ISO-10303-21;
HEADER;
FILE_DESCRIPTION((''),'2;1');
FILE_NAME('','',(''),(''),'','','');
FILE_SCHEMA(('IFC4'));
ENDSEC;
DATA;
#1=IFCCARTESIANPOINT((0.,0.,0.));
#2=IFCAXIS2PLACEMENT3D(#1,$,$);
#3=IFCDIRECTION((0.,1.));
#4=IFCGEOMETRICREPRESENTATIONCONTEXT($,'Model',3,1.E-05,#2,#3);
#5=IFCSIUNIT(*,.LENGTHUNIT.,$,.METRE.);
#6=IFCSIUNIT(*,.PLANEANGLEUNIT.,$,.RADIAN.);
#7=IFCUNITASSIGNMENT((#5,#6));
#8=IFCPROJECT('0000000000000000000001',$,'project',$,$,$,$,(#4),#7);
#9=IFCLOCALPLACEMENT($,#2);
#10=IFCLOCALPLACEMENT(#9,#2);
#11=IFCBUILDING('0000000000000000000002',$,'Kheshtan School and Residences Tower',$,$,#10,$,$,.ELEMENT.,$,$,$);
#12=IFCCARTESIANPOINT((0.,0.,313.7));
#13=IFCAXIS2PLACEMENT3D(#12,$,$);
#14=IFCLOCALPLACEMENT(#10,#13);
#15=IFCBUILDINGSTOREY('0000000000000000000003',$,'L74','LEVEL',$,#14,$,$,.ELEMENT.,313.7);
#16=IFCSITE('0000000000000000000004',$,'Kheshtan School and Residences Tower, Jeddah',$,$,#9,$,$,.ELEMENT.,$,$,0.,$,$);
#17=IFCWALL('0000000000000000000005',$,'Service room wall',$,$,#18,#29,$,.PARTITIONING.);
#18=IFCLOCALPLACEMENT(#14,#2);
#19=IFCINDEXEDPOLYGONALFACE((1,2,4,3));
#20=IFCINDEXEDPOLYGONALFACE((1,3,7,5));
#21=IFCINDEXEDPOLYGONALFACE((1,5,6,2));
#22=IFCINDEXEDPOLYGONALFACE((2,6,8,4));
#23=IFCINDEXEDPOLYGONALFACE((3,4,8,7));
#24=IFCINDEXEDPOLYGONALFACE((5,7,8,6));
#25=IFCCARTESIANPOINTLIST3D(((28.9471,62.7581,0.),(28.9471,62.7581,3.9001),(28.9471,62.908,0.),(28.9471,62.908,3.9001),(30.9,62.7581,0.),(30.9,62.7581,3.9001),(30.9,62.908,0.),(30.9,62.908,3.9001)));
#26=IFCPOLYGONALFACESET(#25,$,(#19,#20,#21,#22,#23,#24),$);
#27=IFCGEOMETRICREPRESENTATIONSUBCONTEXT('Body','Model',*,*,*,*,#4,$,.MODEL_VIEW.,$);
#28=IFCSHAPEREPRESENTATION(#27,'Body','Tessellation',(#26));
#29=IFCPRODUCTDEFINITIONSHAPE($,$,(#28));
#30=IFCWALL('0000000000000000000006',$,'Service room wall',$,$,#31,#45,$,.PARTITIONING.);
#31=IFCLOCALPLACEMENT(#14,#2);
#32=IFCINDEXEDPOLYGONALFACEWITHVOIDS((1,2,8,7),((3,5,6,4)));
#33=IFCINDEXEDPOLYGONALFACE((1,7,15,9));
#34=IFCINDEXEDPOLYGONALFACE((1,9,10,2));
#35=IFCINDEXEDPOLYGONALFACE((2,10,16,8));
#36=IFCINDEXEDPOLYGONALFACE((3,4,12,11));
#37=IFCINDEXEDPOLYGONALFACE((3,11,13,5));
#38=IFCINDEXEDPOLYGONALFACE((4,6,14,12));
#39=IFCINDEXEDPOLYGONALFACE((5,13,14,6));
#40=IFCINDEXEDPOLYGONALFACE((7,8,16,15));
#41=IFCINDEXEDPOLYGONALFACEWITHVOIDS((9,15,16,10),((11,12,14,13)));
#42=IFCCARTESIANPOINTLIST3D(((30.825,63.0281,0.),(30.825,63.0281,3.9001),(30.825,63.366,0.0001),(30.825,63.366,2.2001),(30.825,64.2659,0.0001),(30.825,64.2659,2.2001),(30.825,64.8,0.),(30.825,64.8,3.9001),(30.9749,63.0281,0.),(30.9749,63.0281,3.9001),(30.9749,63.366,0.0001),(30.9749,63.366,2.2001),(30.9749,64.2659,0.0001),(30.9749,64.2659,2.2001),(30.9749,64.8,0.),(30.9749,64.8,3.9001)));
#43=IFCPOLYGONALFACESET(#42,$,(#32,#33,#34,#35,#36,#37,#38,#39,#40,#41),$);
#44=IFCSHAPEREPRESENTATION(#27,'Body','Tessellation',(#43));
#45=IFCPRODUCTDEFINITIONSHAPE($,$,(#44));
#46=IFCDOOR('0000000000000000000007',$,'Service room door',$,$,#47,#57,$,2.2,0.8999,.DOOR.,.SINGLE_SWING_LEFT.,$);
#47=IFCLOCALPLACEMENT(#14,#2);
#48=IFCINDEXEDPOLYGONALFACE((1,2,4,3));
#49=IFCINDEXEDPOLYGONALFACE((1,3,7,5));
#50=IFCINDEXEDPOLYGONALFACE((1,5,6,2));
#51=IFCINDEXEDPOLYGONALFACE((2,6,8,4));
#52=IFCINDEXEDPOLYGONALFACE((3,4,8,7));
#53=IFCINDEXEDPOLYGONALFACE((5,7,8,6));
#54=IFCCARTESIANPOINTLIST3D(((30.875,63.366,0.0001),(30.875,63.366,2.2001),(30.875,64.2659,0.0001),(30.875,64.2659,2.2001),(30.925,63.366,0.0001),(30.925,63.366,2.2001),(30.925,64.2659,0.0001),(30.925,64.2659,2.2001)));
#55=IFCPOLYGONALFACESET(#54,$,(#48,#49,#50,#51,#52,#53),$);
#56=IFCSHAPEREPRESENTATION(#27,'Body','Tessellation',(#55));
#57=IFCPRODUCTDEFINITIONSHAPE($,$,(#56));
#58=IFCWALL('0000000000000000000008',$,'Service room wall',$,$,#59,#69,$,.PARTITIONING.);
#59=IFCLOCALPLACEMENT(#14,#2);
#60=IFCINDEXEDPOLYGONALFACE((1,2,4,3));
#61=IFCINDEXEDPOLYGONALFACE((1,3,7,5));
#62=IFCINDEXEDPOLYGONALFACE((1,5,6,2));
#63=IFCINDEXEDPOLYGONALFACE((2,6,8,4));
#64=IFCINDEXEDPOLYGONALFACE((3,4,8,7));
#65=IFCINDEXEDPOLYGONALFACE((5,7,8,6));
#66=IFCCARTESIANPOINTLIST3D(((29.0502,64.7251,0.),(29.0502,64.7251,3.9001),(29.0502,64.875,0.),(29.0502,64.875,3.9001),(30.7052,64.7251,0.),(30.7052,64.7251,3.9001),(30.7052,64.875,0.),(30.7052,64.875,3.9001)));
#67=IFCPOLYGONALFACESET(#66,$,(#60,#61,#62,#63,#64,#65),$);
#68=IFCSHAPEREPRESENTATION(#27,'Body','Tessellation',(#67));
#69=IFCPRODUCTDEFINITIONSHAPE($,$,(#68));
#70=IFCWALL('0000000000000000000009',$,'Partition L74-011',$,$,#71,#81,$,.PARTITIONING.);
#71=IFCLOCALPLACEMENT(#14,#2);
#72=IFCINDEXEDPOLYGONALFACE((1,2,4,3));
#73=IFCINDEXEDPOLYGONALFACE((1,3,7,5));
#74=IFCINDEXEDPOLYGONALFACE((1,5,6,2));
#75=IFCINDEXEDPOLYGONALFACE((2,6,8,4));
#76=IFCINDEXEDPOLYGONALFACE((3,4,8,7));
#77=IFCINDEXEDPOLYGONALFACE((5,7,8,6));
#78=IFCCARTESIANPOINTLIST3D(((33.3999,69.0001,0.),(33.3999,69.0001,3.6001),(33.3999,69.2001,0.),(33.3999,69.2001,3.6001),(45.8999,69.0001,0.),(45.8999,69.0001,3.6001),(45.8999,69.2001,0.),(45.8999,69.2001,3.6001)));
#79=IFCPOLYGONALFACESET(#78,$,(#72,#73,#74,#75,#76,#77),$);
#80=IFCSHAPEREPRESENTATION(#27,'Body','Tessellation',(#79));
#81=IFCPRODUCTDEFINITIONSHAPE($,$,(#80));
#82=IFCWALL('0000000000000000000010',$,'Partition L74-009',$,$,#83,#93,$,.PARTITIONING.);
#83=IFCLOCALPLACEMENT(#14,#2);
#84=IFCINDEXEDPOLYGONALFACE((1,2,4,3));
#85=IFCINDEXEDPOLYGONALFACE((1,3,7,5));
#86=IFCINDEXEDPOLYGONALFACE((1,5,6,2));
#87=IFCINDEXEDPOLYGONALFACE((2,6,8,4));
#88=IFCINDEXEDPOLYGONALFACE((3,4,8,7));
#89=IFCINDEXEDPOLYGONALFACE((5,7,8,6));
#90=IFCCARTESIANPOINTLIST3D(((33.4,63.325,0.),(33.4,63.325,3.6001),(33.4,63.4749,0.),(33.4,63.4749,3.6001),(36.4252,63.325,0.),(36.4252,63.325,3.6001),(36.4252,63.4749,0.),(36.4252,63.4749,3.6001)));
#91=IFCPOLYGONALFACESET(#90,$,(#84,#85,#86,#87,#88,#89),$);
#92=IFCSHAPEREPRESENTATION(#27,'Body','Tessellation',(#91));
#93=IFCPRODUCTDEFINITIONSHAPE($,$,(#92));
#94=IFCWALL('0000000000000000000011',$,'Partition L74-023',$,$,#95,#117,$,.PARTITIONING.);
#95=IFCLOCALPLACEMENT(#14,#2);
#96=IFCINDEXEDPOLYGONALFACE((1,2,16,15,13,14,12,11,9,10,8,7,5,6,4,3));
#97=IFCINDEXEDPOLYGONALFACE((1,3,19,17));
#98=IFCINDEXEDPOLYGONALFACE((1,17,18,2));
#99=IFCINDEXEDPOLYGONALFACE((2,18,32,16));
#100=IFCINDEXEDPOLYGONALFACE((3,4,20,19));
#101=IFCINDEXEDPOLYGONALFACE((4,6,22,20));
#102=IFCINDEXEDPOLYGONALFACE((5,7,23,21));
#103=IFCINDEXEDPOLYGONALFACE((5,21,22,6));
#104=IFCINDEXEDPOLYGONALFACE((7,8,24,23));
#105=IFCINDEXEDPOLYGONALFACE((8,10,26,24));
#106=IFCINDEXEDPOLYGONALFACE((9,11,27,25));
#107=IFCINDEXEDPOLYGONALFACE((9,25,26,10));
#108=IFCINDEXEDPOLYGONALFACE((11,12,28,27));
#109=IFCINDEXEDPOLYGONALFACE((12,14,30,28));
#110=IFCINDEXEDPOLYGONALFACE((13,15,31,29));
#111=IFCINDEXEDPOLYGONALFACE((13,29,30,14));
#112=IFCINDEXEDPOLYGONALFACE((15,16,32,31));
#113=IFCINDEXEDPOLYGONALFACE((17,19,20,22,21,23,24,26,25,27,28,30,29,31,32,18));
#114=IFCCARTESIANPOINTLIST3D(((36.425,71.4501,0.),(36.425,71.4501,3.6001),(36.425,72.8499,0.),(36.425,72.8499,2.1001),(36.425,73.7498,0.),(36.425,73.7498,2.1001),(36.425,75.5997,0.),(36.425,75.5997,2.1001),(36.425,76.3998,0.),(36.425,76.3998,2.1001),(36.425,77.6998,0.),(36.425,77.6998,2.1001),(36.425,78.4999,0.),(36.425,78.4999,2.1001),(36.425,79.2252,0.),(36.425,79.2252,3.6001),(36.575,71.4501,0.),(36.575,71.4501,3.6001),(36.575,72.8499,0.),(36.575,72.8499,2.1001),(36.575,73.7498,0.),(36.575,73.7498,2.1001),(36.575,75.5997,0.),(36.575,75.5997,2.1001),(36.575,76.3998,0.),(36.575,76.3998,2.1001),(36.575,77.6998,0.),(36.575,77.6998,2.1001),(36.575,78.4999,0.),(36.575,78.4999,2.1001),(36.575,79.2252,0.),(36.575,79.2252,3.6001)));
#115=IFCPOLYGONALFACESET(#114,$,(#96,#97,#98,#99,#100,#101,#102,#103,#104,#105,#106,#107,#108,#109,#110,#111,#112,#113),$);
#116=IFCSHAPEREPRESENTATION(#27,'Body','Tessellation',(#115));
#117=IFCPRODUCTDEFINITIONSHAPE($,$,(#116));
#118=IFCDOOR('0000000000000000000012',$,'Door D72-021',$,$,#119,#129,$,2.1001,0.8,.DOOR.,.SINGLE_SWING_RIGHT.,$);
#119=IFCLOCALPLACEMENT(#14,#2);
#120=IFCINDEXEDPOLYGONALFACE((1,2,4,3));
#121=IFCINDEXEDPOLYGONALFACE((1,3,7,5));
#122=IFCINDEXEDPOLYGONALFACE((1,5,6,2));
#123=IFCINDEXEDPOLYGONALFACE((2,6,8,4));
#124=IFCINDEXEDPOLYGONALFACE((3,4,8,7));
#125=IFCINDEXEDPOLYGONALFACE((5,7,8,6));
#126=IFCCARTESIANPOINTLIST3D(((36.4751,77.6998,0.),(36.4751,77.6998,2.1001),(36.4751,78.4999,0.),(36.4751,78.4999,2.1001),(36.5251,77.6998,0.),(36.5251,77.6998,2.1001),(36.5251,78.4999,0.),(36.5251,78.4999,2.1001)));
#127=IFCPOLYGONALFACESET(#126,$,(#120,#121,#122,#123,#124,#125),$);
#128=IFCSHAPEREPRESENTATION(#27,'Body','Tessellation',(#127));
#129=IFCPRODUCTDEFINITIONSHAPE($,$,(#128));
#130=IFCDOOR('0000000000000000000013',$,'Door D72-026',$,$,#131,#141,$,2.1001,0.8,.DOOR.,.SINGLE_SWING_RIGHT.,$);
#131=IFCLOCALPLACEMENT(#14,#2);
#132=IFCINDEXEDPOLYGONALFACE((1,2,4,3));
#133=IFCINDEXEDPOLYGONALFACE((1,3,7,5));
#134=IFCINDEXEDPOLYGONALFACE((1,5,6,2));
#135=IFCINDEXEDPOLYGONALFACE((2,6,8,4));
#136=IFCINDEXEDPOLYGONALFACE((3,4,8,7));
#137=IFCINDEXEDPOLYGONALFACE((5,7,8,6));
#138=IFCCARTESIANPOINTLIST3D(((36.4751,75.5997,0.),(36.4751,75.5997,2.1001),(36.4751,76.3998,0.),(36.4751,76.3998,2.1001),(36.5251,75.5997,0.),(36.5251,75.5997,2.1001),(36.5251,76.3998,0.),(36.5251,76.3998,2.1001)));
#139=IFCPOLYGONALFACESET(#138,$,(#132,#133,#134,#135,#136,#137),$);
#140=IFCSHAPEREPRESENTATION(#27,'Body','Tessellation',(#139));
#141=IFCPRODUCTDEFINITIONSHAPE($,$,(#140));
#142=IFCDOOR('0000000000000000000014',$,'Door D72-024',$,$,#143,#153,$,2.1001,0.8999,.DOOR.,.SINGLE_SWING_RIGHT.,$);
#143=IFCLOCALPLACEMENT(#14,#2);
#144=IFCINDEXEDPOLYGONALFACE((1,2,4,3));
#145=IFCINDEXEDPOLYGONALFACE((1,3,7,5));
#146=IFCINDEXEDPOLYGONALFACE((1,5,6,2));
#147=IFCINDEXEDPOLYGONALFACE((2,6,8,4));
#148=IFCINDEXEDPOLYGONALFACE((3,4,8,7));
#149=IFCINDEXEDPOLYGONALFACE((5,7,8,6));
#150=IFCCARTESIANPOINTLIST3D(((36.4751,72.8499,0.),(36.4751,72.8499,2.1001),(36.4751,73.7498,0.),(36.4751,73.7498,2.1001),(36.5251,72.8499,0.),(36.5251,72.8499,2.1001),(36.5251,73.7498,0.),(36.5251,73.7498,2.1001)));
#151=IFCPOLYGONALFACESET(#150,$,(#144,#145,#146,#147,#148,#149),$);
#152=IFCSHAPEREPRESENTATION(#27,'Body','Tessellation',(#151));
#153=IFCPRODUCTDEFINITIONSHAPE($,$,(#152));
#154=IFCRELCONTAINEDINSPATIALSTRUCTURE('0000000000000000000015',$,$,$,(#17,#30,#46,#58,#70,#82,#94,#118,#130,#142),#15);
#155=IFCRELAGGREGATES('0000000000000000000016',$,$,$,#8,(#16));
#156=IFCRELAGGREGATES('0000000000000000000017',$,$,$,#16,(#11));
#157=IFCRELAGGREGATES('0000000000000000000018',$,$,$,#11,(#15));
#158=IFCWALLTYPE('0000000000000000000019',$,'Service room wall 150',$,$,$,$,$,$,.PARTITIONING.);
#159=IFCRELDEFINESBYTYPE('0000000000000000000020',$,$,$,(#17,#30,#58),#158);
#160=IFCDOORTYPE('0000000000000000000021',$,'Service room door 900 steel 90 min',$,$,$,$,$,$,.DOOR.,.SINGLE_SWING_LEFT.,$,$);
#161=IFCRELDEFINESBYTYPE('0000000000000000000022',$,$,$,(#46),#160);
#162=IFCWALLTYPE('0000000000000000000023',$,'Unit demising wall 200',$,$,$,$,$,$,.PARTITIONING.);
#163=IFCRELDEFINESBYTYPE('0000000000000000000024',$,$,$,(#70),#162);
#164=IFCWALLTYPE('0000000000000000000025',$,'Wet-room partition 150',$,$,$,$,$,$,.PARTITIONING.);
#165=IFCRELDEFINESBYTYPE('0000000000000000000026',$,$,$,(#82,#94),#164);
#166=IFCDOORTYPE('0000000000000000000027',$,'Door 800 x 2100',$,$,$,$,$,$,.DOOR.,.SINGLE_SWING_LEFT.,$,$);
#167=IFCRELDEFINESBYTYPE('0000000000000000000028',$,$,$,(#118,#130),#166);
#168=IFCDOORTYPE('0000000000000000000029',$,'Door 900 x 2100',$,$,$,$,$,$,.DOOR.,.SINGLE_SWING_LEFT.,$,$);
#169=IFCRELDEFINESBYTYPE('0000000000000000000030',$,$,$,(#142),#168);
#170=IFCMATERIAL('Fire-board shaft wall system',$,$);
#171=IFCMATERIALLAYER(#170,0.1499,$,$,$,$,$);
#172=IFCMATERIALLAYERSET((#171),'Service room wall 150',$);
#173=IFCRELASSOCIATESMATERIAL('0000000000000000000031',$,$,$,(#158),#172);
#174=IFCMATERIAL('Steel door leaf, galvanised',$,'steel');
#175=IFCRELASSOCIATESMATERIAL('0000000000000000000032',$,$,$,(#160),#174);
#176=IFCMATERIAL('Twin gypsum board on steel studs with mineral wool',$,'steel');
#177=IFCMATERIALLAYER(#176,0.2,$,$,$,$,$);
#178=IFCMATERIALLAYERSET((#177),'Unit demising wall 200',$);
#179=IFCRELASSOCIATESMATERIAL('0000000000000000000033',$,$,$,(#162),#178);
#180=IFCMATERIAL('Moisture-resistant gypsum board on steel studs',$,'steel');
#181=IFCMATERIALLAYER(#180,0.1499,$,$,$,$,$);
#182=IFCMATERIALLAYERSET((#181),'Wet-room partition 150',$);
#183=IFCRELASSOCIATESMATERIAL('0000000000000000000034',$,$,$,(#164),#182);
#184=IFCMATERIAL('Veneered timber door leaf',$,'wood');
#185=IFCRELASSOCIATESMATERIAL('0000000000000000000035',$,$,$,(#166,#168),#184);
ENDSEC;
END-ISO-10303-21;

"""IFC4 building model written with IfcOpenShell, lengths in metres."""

from ifc_helpers import new_model, si_unit, direction, frame, frame_2d, origin, place, context, subcontext, project, spatial, rectangle, extrude, source, transform, mapped, material, layer, layer_set, type_object, element, fill, save


model = new_model("IFC4")

# Units and contexts
model_context = context("Model", 3, precision=1e-05, world=origin(), true_north=direction((0.0, 1.0)))
body_context = subcontext(model_context, "Body", "Model", "MODEL_VIEW")
ifc_project = project(units=[si_unit("LENGTHUNIT", "METRE"), si_unit("PLANEANGLEUNIT", "RADIAN")], contexts=[model_context])

# Site, building, storey
site_placement = place(None, origin())
site = spatial("IfcSite", under=ifc_project, at=site_placement, Name="Kheshtan School and Residences Tower, Jeddah", CompositionType="ELEMENT", RefElevation=0.0)
building_placement = place(site_placement, origin())
building = spatial("IfcBuilding", under=site, at=building_placement, Name="Kheshtan School and Residences Tower", CompositionType="ELEMENT")
storey_placement = place(building_placement, frame((0.0, 0.0, 313.7)))
storey = spatial("IfcBuildingStorey", under=building, at=storey_placement, Name="L74", Description="LEVEL", CompositionType="ELEMENT", Elevation=313.7)

# Wall
ifc_material_1 = material(Name="Fire-board shaft wall system")
ifc_layer_1 = layer(ifc_material_1, 0.1499)
ifc_layer_set_1 = layer_set([ifc_layer_1], Name="Service room wall 150")
wall_type_1 = type_object("IfcWallType", Name="Service room wall 150", PredefinedType="PARTITIONING", material=ifc_layer_set_1)
wall_1_placement = place(storey_placement, frame((28.947, 62.833, 0.0), z_axis=(0.0, 0.0, 1.0), x_axis=(1.0, 0.0, 0.0)))
element("IfcWall", 1, at=wall_1_placement, inside=storey, type_object=wall_type_1, Name="Service room wall", PredefinedType="PARTITIONING", context=body_context, shape_type="SweptSolid", body=[
    extrude(rectangle(XDim=1.9529, YDim=0.1499, at=frame_2d((0.9766, 0.0))), origin(), (0.0, 0.0, 1.0), 3.9001),
])

# Wall, opening, door
wall_2_placement = place(storey_placement, frame((30.8999, 63.0281, 0.0), z_axis=(0.0, 0.0, 1.0), x_axis=(0.0, 1.0, 0.0)))
wall_2 = element("IfcWall", 2, at=wall_2_placement, inside=storey, type_object=wall_type_1, Name="Service room wall", PredefinedType="PARTITIONING", context=body_context, shape_type="SweptSolid", body=[
    extrude(rectangle(XDim=1.772, YDim=0.1499, at=frame_2d((0.886, 0.0))), origin(), (0.0, 0.0, 1.0), 3.9001),
])
opening_1_placement = place(wall_2_placement, frame((0.3379, 0.0, 0.0)))
opening_1 = element("IfcOpeningElement", 3, at=opening_1_placement, cuts=wall_2, PredefinedType="OPENING", context=body_context, shape_type="SweptSolid", body=[
    extrude(rectangle(XDim=0.8999, YDim=2.2, at=frame_2d((0.45, 1.1001))), frame((0.0, 0.085, 0.0), z_axis=(0.0, -1.0, 0.0), x_axis=(1.0, 0.0, 0.0)), (0.0, 0.0, 1.0), 0.1699),
])
ifc_material_2 = material(Name="Steel door leaf, galvanised", Category="steel")
door_type_1 = type_object("IfcDoorType", Name="Service room door 900 steel 90 min", OperationType="SINGLE_SWING_LEFT", PredefinedType="DOOR", material=ifc_material_2)
shared_shape_1 = source(origin(), body_context, "Body", "SweptSolid", [
    extrude(rectangle(XDim=0.8999, YDim=2.2, at=frame_2d((0.45, 1.1001))), frame((0.0, 0.0249, 0.0), z_axis=(0.0, -1.0, 0.0), x_axis=(1.0, 0.0, 0.0)), (0.0, 0.0, 1.0), 0.05),
])
door_1_placement = place(opening_1_placement, origin())
door_1 = element("IfcDoor", 4, at=door_1_placement, inside=storey, type_object=door_type_1, Name="Service room door", OperationType="SINGLE_SWING_LEFT", OverallHeight=2.2, OverallWidth=0.8999, PredefinedType="DOOR", context=body_context, shape_type="MappedRepresentation", body=[
    mapped(shared_shape_1, transform((0.0, 0.0, 0.0), x_axis=(1.0, 0.0, 0.0), y_axis=(0.0, 1.0, 0.0), z_axis=(0.0, 0.0, 1.0), scale=1.0)),
])
fill(opening_1, door_1)

# Walls
wall_3_placement = place(storey_placement, frame((29.05, 64.8, 0.0), z_axis=(0.0, 0.0, 1.0), x_axis=(1.0, 0.0, 0.0)))
element("IfcWall", 5, at=wall_3_placement, inside=storey, type_object=wall_type_1, Name="Service room wall", PredefinedType="PARTITIONING", context=body_context, shape_type="SweptSolid", body=[
    extrude(rectangle(XDim=1.655, YDim=0.1499, at=frame_2d((0.8276, 0.0))), origin(), (0.0, 0.0, 1.0), 3.9001),
])
ifc_material_3 = material(Name="Twin gypsum board on steel studs with mineral wool", Category="steel")
ifc_layer_2 = layer(ifc_material_3, 0.2)
ifc_layer_set_2 = layer_set([ifc_layer_2], Name="Unit demising wall 200")
wall_type_2 = type_object("IfcWallType", Name="Unit demising wall 200", PredefinedType="PARTITIONING", material=ifc_layer_set_2)
wall_4_placement = place(storey_placement, frame((33.3999, 69.1001, 0.0), z_axis=(0.0, 0.0, 1.0), x_axis=(1.0, 0.0, 0.0)))
element("IfcWall", 6, at=wall_4_placement, inside=storey, type_object=wall_type_2, Name="Partition L74-011", PredefinedType="PARTITIONING", context=body_context, shape_type="SweptSolid", body=[
    extrude(rectangle(XDim=12.5, YDim=0.2, at=frame_2d((6.25, 0.0))), origin(), (0.0, 0.0, 1.0), 3.6001),
])
ifc_material_4 = material(Name="Moisture-resistant gypsum board on steel studs", Category="steel")
ifc_layer_3 = layer(ifc_material_4, 0.1499)
ifc_layer_set_3 = layer_set([ifc_layer_3], Name="Wet-room partition 150")
wall_type_3 = type_object("IfcWallType", Name="Wet-room partition 150", PredefinedType="PARTITIONING", material=ifc_layer_set_3)
wall_5_placement = place(storey_placement, frame((33.3999, 63.3999, 0.0), z_axis=(0.0, 0.0, 1.0), x_axis=(1.0, 0.0, 0.0)))
element("IfcWall", 7, at=wall_5_placement, inside=storey, type_object=wall_type_3, Name="Partition L74-009", PredefinedType="PARTITIONING", context=body_context, shape_type="SweptSolid", body=[
    extrude(rectangle(XDim=3.0251, YDim=0.1499, at=frame_2d((1.5127, 0.0))), origin(), (0.0, 0.0, 1.0), 3.6001),
])

# Wall, openings, doors
wall_6_placement = place(storey_placement, frame((36.5, 71.45, 0.0), z_axis=(0.0, 0.0, 1.0), x_axis=(0.0, 1.0, 0.0)))
wall_6 = element("IfcWall", 8, at=wall_6_placement, inside=storey, type_object=wall_type_3, Name="Partition L74-023", PredefinedType="PARTITIONING", context=body_context, shape_type="SweptSolid", body=[
    extrude(rectangle(XDim=7.7751, YDim=0.1499, at=frame_2d((3.8877, 0.0))), origin(), (0.0, 0.0, 1.0), 3.6001),
])
opening_2_placement = place(wall_6_placement, frame((6.25, 0.0, 0.0)))
opening_2 = element("IfcOpeningElement", 9, at=opening_2_placement, cuts=wall_6, PredefinedType="OPENING", context=body_context, shape_type="SweptSolid", body=[
    extrude(rectangle(XDim=0.8, YDim=2.1001, at=frame_2d((0.3999, 1.05))), frame((0.0, 0.085, 0.0), z_axis=(0.0, -1.0, 0.0), x_axis=(1.0, 0.0, 0.0)), (0.0, 0.0, 1.0), 0.1699),
])
opening_3_placement = place(wall_6_placement, frame((1.3999, 0.0, 0.0)))
opening_3 = element("IfcOpeningElement", 10, at=opening_3_placement, cuts=wall_6, PredefinedType="OPENING", context=body_context, shape_type="SweptSolid", body=[
    extrude(rectangle(XDim=0.8999, YDim=2.1001, at=frame_2d((0.45, 1.05))), frame((0.0, 0.085, 0.0), z_axis=(0.0, -1.0, 0.0), x_axis=(1.0, 0.0, 0.0)), (0.0, 0.0, 1.0), 0.1699),
])
opening_4_placement = place(wall_6_placement, frame((4.1499, 0.0, 0.0)))
opening_4 = element("IfcOpeningElement", 11, at=opening_4_placement, cuts=wall_6, PredefinedType="OPENING", context=body_context, shape_type="SweptSolid", body=[
    extrude(rectangle(XDim=0.8, YDim=2.1001, at=frame_2d((0.3999, 1.05))), frame((0.0, 0.085, 0.0), z_axis=(0.0, -1.0, 0.0), x_axis=(1.0, 0.0, 0.0)), (0.0, 0.0, 1.0), 0.1699),
])
ifc_material_5 = material(Name="Veneered timber door leaf", Category="wood")
door_type_2 = type_object("IfcDoorType", Name="Door 800 x 2100", OperationType="SINGLE_SWING_LEFT", PredefinedType="DOOR", material=ifc_material_5)
shared_shape_2 = source(origin(), body_context, "Body", "SweptSolid", [
    extrude(rectangle(XDim=0.8, YDim=2.1001, at=frame_2d((0.3999, 1.05))), frame((0.0, 0.0249, 0.0), z_axis=(0.0, -1.0, 0.0), x_axis=(1.0, 0.0, 0.0)), (0.0, 0.0, 1.0), 0.05),
])
door_2_placement = place(opening_2_placement, origin())
door_2 = element("IfcDoor", 12, at=door_2_placement, inside=storey, type_object=door_type_2, Name="Door D72-021", OperationType="SINGLE_SWING_RIGHT", OverallHeight=2.1001, OverallWidth=0.8, PredefinedType="DOOR", context=body_context, shape_type="MappedRepresentation", body=[
    mapped(shared_shape_2, transform((0.0, 0.0, 0.0), x_axis=(1.0, 0.0, 0.0), y_axis=(0.0, 1.0, 0.0), z_axis=(0.0, 0.0, 1.0), scale=1.0)),
])
fill(opening_2, door_2)
door_3_placement = place(opening_4_placement, origin())
door_3 = element("IfcDoor", 13, at=door_3_placement, inside=storey, type_object=door_type_2, Name="Door D72-026", OperationType="SINGLE_SWING_RIGHT", OverallHeight=2.1001, OverallWidth=0.8, PredefinedType="DOOR", context=body_context, shape_type="MappedRepresentation", body=[
    mapped(shared_shape_2, transform((0.0, 0.0, 0.0), x_axis=(1.0, 0.0, 0.0), y_axis=(0.0, 1.0, 0.0), z_axis=(0.0, 0.0, 1.0), scale=1.0)),
])
fill(opening_4, door_3)
door_type_3 = type_object("IfcDoorType", Name="Door 900 x 2100", OperationType="SINGLE_SWING_LEFT", PredefinedType="DOOR", material=ifc_material_5)
shared_shape_3 = source(origin(), body_context, "Body", "SweptSolid", [
    extrude(rectangle(XDim=0.8999, YDim=2.1001, at=frame_2d((0.45, 1.05))), frame((0.0, 0.0249, 0.0), z_axis=(0.0, -1.0, 0.0), x_axis=(1.0, 0.0, 0.0)), (0.0, 0.0, 1.0), 0.05),
])
door_4_placement = place(opening_3_placement, origin())
door_4 = element("IfcDoor", 14, at=door_4_placement, inside=storey, type_object=door_type_3, Name="Door D72-024", OperationType="SINGLE_SWING_RIGHT", OverallHeight=2.1001, OverallWidth=0.8999, PredefinedType="DOOR", context=body_context, shape_type="MappedRepresentation", body=[
    mapped(shared_shape_3, transform((0.0, 0.0, 0.0), x_axis=(1.0, 0.0, 0.0), y_axis=(0.0, 1.0, 0.0), z_axis=(0.0, 0.0, 1.0), scale=1.0)),
])
fill(opening_3, door_4)

save(model, "model.ifc")
